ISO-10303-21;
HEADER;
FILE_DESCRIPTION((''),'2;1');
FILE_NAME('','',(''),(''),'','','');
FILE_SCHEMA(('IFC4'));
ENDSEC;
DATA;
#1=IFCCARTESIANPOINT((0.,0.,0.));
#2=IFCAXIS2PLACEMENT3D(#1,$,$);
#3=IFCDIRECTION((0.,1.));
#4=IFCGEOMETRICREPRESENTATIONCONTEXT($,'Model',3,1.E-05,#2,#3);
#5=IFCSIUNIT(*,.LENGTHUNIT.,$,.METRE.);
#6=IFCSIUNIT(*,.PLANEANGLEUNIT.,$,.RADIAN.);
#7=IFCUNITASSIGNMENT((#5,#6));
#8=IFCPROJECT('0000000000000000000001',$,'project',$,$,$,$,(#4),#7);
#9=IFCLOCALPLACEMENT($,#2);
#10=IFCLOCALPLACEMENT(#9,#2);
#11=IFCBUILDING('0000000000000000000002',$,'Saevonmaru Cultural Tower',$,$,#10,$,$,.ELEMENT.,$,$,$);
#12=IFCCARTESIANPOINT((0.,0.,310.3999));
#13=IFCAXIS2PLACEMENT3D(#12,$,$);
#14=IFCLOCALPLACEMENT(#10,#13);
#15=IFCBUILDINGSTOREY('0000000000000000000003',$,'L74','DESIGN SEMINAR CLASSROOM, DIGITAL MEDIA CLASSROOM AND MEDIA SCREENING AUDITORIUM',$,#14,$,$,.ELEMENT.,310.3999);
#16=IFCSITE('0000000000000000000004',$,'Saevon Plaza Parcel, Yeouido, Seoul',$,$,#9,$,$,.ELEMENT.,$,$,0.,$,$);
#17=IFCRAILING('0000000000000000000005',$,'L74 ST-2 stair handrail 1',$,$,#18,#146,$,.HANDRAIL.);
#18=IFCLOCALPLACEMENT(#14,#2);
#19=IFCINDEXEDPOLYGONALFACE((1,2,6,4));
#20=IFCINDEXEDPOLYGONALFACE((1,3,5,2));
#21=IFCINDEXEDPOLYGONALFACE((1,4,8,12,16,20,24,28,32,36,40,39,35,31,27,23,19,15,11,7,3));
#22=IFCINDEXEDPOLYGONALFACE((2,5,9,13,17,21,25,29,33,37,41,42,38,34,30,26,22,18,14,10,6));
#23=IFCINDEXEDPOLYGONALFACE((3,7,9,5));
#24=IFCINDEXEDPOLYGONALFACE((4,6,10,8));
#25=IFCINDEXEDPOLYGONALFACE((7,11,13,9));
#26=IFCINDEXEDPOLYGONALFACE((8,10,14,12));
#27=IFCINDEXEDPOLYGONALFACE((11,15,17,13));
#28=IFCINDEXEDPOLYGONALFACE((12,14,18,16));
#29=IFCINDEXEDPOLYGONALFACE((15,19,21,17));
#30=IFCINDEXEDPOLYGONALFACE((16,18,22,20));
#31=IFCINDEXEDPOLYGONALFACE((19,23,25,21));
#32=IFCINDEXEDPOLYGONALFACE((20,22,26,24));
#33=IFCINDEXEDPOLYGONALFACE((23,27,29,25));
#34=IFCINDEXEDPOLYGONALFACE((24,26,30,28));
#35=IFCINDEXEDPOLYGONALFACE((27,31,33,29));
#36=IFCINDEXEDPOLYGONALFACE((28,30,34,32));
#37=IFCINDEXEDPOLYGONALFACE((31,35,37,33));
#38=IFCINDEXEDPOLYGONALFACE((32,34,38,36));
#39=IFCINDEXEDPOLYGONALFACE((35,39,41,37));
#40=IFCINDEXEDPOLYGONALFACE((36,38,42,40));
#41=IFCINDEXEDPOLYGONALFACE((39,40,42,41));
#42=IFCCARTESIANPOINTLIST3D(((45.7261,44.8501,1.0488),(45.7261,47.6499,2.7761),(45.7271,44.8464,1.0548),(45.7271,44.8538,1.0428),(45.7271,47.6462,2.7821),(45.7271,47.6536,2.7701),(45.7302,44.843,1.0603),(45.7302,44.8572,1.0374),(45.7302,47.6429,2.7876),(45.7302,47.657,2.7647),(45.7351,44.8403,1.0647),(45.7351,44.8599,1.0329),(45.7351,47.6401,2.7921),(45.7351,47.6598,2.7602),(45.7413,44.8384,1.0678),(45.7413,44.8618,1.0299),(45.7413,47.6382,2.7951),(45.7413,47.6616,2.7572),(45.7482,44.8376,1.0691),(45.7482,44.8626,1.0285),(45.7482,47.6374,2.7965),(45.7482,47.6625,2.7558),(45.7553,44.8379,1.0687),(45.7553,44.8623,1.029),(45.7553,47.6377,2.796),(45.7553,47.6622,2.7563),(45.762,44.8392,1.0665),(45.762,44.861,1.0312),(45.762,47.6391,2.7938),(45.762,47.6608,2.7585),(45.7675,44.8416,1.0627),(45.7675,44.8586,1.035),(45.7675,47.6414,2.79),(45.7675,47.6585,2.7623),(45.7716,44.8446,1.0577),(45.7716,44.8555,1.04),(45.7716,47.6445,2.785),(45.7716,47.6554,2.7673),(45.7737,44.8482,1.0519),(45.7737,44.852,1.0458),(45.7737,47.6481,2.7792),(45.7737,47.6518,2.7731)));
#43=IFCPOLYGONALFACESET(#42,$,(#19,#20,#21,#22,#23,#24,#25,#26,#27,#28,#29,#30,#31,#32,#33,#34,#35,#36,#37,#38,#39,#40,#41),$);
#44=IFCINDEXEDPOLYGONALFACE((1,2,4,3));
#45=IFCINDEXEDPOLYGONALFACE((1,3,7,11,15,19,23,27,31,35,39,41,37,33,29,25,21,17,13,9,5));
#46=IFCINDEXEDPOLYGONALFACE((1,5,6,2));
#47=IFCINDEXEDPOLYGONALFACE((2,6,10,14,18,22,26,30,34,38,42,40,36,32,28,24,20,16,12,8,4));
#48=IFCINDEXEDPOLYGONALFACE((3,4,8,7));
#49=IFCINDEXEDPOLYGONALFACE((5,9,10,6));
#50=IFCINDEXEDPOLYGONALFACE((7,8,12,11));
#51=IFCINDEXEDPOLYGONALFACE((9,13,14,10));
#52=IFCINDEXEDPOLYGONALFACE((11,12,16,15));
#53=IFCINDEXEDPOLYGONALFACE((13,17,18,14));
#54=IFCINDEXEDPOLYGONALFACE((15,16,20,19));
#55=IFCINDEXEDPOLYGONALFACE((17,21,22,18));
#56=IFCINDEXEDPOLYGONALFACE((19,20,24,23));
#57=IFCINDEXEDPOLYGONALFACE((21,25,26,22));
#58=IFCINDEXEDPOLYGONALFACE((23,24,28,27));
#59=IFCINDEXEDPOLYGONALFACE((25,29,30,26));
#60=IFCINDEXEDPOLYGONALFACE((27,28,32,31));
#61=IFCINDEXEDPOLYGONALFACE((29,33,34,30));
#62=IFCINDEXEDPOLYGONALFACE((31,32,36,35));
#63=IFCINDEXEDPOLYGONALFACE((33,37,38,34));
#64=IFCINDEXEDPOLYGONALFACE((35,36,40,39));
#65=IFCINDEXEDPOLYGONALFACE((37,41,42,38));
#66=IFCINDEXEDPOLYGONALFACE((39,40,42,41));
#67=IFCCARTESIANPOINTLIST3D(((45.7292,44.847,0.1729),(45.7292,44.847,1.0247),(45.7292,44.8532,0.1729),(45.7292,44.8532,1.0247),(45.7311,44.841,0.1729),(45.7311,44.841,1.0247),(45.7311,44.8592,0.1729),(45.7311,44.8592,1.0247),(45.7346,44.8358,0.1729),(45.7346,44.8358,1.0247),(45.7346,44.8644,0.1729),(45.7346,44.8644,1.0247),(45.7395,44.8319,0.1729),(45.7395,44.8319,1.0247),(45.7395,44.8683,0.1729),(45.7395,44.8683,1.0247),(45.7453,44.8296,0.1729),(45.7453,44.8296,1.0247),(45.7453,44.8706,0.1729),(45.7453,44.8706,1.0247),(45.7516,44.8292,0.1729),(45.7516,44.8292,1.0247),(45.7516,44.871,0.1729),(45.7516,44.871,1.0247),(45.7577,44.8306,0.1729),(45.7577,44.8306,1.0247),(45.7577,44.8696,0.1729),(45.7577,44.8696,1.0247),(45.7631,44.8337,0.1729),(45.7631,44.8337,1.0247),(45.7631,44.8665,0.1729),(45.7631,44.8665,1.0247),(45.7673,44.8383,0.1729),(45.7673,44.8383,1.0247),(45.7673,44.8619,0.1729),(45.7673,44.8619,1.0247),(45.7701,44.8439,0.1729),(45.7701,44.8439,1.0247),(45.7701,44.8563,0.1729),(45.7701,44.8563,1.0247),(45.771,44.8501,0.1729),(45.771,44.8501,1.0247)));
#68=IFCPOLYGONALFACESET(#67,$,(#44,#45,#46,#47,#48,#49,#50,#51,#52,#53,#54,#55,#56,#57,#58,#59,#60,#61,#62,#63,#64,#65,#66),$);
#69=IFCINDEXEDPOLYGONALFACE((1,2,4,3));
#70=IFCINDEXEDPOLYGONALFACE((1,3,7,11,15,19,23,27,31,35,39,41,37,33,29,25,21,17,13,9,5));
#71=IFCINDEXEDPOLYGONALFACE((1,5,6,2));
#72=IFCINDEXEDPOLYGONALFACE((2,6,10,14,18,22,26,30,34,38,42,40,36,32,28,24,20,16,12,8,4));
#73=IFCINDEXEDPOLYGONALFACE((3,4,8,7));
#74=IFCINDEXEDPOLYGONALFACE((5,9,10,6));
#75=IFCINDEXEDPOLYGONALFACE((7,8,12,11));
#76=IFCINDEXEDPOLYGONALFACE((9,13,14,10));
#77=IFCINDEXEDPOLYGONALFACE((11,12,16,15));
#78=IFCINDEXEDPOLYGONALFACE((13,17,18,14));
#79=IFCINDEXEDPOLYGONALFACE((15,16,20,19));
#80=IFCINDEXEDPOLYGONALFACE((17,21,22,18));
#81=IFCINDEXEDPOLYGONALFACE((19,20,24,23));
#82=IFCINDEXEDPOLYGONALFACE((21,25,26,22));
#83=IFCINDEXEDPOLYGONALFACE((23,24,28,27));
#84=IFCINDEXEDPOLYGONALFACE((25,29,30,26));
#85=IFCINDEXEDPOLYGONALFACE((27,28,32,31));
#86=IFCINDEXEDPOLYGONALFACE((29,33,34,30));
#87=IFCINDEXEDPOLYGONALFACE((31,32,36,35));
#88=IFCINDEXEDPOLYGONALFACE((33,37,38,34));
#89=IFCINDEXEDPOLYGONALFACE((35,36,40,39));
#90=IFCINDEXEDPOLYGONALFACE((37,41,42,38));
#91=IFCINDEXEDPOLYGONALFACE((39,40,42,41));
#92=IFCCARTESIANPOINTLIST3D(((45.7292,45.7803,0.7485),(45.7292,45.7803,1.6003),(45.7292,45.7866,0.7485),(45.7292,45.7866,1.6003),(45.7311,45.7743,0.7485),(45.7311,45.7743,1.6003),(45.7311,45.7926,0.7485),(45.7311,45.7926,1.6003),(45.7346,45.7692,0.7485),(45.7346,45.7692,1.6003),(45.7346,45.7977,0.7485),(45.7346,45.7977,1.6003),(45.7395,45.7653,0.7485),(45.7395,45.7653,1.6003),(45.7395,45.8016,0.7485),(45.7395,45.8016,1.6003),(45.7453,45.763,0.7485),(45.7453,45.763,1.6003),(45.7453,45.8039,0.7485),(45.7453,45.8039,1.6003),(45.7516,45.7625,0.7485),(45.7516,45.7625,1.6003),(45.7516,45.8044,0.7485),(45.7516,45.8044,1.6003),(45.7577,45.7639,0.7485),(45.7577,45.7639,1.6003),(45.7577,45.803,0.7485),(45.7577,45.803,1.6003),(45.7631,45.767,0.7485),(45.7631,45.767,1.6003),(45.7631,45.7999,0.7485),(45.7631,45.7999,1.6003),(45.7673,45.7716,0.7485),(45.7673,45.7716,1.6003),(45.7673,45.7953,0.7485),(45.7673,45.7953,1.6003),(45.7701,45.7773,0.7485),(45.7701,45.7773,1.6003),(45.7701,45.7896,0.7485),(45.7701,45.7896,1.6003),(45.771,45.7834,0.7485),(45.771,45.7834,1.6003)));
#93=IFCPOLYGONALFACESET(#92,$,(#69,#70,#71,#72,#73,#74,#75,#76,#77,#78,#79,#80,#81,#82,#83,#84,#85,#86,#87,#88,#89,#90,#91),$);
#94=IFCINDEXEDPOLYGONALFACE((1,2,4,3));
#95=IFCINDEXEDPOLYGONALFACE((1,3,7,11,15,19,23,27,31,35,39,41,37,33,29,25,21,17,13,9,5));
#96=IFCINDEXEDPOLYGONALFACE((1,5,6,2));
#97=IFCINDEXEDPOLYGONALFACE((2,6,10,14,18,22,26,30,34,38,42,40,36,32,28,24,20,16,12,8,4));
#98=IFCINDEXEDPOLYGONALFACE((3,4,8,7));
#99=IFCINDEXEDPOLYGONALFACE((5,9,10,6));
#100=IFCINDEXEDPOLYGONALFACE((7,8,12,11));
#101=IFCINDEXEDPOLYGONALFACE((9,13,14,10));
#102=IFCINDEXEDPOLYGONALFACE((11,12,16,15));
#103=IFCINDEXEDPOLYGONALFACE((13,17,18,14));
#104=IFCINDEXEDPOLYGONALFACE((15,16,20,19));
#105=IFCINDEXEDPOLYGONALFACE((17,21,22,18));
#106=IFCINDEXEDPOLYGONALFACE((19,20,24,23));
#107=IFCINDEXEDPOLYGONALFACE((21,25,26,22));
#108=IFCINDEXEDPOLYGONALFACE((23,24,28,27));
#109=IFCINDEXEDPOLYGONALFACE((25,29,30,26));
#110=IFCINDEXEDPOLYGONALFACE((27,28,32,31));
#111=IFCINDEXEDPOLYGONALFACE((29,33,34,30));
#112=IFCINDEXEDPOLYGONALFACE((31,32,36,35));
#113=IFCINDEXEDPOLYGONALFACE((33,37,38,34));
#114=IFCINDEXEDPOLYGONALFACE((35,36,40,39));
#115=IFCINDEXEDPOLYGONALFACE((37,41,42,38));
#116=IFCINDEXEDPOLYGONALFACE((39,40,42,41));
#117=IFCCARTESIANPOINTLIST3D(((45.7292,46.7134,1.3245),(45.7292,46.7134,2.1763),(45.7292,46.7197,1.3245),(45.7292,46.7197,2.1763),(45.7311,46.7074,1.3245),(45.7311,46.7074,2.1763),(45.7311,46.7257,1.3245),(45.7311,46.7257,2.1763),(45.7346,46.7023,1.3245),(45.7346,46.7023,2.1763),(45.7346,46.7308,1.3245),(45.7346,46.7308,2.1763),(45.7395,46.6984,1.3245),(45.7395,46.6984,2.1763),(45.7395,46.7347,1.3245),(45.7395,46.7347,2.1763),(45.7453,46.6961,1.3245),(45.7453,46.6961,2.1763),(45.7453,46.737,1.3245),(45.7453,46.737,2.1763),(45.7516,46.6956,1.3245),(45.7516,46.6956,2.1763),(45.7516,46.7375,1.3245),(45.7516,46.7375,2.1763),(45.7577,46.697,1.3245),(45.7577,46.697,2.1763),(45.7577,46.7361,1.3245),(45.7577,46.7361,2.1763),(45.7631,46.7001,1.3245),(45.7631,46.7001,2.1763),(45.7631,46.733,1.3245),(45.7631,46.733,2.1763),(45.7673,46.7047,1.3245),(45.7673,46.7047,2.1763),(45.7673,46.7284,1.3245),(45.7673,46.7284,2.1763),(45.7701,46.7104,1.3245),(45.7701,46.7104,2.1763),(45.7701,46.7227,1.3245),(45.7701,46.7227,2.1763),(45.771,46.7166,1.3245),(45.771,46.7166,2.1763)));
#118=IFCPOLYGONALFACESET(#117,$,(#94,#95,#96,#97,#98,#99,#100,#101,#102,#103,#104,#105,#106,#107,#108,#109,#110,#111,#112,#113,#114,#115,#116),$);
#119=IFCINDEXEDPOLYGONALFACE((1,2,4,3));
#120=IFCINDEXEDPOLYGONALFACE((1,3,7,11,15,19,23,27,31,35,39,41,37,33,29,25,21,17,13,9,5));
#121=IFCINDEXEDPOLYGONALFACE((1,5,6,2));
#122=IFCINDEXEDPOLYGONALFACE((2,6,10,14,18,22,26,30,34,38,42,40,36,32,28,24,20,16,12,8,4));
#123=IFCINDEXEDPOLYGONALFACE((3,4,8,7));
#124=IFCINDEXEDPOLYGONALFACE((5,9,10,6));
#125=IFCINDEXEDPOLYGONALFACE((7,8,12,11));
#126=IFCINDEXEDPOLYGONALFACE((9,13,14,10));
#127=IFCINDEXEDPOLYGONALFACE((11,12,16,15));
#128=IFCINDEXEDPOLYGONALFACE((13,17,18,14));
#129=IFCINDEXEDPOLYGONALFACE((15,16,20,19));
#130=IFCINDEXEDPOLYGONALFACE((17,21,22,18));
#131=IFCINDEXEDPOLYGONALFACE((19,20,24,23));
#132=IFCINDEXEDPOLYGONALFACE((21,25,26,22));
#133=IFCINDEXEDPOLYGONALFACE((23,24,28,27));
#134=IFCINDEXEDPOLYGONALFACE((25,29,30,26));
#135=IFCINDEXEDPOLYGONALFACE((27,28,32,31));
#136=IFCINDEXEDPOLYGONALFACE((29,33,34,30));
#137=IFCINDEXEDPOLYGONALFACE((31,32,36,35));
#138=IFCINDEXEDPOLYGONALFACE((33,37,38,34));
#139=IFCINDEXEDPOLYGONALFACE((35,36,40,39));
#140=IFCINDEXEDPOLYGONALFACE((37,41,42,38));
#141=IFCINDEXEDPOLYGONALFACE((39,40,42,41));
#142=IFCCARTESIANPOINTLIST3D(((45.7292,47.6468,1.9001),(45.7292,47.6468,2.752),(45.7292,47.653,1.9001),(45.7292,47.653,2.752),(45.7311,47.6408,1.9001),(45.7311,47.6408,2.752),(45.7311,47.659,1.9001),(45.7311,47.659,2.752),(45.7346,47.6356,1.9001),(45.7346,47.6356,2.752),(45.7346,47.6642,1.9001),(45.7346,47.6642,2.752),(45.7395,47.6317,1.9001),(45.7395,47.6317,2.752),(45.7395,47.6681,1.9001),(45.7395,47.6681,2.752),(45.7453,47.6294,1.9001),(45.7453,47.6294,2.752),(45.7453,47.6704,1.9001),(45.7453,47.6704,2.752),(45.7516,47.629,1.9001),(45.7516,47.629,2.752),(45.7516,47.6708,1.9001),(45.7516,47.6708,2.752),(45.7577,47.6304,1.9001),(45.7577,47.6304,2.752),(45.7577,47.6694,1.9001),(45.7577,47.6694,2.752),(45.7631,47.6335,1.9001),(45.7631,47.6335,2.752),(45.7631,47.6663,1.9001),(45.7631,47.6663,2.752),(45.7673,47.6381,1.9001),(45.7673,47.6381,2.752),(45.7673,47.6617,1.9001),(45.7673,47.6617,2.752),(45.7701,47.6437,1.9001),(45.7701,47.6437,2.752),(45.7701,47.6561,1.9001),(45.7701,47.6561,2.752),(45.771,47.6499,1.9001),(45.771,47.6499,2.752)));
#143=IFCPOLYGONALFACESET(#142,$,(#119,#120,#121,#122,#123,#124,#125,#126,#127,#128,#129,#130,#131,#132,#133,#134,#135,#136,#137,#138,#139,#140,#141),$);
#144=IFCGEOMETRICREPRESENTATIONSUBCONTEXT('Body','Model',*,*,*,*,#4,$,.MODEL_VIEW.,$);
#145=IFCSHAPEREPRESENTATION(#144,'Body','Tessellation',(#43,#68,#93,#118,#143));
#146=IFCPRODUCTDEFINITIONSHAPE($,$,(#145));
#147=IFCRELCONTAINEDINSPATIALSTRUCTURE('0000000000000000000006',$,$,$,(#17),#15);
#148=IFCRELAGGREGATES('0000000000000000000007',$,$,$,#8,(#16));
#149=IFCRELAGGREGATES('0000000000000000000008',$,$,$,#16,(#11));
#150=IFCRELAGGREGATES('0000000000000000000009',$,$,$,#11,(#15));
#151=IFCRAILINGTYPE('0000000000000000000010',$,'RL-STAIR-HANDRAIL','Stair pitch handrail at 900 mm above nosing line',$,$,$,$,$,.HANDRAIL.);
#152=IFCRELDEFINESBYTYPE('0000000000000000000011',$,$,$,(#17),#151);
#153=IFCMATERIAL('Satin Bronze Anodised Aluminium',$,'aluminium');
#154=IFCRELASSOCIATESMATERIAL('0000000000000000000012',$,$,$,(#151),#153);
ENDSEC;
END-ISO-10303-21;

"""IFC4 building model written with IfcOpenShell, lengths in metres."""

from ifc_helpers import new_model, si_unit, direction, frame, origin, origin_2d, place, context, subcontext, project, spatial, circle, extrude, material, type_object, element, save


model = new_model("IFC4")

# Units and contexts
model_context = context("Model", 3, precision=1e-05, world=origin(), true_north=direction((0.0, 1.0)))
body_context = subcontext(model_context, "Body", "Model", "MODEL_VIEW")
ifc_project = project(units=[si_unit("LENGTHUNIT", "METRE"), si_unit("PLANEANGLEUNIT", "RADIAN")], contexts=[model_context])

# Site, building, storey
site_placement = place(None, origin())
site = spatial("IfcSite", under=ifc_project, at=site_placement, Name="Saevon Plaza Parcel, Yeouido, Seoul", CompositionType="ELEMENT", RefElevation=0.0)
building_placement = place(site_placement, origin())
building = spatial("IfcBuilding", under=site, at=building_placement, Name="Saevonmaru Cultural Tower", CompositionType="ELEMENT")
storey_placement = place(building_placement, frame((0.0, 0.0, 310.3999)))
storey = spatial("IfcBuildingStorey", under=building, at=storey_placement, Name="L74", Description="DESIGN SEMINAR CLASSROOM, DIGITAL MEDIA CLASSROOM AND MEDIA SCREENING AUDITORIUM", CompositionType="ELEMENT", Elevation=310.3999)

# Shared definitions
ifc_material_1 = material(Name="Satin Bronze Anodised Aluminium", Category="aluminium")

# Railing
railing_type_1 = type_object("IfcRailingType", Name="RL-STAIR-HANDRAIL", Description="Stair pitch handrail at 900 mm above nosing line", PredefinedType="HANDRAIL", material=ifc_material_1)
railing_1_placement = place(storey_placement, frame((45.75, 44.8501, 0.1729)))
element("IfcRailing", 1, at=railing_1_placement, inside=storey, type_object=railing_type_1, Name="L74 ST-2 stair handrail 1", PredefinedType="HANDRAIL", context=body_context, shape_type="SweptSolid", body=[
    extrude(circle(Radius=0.0239, at=origin_2d()), frame((0.0, 0.0, 0.876), z_axis=(0.0, 0.851069, 0.525054), x_axis=(-1.0, 0.0, 0.0)), (0.0, 0.0, 1.0), 3.2898),
    extrude(circle(Radius=0.021, at=origin_2d()), origin(), (0.0, 0.0, 1.0), 0.8518),
    extrude(circle(Radius=0.021, at=origin_2d()), frame((0.0, 0.9333, 0.5757)), (0.0, 0.0, 1.0), 0.8518),
    extrude(circle(Radius=0.021, at=origin_2d()), frame((0.0, 1.8665, 1.1516)), (0.0, 0.0, 1.0), 0.8518),
    extrude(circle(Radius=0.021, at=origin_2d()), frame((0.0, 2.7998, 1.7273)), (0.0, 0.0, 1.0), 0.8518),
])

save(model, "model.ifc")
